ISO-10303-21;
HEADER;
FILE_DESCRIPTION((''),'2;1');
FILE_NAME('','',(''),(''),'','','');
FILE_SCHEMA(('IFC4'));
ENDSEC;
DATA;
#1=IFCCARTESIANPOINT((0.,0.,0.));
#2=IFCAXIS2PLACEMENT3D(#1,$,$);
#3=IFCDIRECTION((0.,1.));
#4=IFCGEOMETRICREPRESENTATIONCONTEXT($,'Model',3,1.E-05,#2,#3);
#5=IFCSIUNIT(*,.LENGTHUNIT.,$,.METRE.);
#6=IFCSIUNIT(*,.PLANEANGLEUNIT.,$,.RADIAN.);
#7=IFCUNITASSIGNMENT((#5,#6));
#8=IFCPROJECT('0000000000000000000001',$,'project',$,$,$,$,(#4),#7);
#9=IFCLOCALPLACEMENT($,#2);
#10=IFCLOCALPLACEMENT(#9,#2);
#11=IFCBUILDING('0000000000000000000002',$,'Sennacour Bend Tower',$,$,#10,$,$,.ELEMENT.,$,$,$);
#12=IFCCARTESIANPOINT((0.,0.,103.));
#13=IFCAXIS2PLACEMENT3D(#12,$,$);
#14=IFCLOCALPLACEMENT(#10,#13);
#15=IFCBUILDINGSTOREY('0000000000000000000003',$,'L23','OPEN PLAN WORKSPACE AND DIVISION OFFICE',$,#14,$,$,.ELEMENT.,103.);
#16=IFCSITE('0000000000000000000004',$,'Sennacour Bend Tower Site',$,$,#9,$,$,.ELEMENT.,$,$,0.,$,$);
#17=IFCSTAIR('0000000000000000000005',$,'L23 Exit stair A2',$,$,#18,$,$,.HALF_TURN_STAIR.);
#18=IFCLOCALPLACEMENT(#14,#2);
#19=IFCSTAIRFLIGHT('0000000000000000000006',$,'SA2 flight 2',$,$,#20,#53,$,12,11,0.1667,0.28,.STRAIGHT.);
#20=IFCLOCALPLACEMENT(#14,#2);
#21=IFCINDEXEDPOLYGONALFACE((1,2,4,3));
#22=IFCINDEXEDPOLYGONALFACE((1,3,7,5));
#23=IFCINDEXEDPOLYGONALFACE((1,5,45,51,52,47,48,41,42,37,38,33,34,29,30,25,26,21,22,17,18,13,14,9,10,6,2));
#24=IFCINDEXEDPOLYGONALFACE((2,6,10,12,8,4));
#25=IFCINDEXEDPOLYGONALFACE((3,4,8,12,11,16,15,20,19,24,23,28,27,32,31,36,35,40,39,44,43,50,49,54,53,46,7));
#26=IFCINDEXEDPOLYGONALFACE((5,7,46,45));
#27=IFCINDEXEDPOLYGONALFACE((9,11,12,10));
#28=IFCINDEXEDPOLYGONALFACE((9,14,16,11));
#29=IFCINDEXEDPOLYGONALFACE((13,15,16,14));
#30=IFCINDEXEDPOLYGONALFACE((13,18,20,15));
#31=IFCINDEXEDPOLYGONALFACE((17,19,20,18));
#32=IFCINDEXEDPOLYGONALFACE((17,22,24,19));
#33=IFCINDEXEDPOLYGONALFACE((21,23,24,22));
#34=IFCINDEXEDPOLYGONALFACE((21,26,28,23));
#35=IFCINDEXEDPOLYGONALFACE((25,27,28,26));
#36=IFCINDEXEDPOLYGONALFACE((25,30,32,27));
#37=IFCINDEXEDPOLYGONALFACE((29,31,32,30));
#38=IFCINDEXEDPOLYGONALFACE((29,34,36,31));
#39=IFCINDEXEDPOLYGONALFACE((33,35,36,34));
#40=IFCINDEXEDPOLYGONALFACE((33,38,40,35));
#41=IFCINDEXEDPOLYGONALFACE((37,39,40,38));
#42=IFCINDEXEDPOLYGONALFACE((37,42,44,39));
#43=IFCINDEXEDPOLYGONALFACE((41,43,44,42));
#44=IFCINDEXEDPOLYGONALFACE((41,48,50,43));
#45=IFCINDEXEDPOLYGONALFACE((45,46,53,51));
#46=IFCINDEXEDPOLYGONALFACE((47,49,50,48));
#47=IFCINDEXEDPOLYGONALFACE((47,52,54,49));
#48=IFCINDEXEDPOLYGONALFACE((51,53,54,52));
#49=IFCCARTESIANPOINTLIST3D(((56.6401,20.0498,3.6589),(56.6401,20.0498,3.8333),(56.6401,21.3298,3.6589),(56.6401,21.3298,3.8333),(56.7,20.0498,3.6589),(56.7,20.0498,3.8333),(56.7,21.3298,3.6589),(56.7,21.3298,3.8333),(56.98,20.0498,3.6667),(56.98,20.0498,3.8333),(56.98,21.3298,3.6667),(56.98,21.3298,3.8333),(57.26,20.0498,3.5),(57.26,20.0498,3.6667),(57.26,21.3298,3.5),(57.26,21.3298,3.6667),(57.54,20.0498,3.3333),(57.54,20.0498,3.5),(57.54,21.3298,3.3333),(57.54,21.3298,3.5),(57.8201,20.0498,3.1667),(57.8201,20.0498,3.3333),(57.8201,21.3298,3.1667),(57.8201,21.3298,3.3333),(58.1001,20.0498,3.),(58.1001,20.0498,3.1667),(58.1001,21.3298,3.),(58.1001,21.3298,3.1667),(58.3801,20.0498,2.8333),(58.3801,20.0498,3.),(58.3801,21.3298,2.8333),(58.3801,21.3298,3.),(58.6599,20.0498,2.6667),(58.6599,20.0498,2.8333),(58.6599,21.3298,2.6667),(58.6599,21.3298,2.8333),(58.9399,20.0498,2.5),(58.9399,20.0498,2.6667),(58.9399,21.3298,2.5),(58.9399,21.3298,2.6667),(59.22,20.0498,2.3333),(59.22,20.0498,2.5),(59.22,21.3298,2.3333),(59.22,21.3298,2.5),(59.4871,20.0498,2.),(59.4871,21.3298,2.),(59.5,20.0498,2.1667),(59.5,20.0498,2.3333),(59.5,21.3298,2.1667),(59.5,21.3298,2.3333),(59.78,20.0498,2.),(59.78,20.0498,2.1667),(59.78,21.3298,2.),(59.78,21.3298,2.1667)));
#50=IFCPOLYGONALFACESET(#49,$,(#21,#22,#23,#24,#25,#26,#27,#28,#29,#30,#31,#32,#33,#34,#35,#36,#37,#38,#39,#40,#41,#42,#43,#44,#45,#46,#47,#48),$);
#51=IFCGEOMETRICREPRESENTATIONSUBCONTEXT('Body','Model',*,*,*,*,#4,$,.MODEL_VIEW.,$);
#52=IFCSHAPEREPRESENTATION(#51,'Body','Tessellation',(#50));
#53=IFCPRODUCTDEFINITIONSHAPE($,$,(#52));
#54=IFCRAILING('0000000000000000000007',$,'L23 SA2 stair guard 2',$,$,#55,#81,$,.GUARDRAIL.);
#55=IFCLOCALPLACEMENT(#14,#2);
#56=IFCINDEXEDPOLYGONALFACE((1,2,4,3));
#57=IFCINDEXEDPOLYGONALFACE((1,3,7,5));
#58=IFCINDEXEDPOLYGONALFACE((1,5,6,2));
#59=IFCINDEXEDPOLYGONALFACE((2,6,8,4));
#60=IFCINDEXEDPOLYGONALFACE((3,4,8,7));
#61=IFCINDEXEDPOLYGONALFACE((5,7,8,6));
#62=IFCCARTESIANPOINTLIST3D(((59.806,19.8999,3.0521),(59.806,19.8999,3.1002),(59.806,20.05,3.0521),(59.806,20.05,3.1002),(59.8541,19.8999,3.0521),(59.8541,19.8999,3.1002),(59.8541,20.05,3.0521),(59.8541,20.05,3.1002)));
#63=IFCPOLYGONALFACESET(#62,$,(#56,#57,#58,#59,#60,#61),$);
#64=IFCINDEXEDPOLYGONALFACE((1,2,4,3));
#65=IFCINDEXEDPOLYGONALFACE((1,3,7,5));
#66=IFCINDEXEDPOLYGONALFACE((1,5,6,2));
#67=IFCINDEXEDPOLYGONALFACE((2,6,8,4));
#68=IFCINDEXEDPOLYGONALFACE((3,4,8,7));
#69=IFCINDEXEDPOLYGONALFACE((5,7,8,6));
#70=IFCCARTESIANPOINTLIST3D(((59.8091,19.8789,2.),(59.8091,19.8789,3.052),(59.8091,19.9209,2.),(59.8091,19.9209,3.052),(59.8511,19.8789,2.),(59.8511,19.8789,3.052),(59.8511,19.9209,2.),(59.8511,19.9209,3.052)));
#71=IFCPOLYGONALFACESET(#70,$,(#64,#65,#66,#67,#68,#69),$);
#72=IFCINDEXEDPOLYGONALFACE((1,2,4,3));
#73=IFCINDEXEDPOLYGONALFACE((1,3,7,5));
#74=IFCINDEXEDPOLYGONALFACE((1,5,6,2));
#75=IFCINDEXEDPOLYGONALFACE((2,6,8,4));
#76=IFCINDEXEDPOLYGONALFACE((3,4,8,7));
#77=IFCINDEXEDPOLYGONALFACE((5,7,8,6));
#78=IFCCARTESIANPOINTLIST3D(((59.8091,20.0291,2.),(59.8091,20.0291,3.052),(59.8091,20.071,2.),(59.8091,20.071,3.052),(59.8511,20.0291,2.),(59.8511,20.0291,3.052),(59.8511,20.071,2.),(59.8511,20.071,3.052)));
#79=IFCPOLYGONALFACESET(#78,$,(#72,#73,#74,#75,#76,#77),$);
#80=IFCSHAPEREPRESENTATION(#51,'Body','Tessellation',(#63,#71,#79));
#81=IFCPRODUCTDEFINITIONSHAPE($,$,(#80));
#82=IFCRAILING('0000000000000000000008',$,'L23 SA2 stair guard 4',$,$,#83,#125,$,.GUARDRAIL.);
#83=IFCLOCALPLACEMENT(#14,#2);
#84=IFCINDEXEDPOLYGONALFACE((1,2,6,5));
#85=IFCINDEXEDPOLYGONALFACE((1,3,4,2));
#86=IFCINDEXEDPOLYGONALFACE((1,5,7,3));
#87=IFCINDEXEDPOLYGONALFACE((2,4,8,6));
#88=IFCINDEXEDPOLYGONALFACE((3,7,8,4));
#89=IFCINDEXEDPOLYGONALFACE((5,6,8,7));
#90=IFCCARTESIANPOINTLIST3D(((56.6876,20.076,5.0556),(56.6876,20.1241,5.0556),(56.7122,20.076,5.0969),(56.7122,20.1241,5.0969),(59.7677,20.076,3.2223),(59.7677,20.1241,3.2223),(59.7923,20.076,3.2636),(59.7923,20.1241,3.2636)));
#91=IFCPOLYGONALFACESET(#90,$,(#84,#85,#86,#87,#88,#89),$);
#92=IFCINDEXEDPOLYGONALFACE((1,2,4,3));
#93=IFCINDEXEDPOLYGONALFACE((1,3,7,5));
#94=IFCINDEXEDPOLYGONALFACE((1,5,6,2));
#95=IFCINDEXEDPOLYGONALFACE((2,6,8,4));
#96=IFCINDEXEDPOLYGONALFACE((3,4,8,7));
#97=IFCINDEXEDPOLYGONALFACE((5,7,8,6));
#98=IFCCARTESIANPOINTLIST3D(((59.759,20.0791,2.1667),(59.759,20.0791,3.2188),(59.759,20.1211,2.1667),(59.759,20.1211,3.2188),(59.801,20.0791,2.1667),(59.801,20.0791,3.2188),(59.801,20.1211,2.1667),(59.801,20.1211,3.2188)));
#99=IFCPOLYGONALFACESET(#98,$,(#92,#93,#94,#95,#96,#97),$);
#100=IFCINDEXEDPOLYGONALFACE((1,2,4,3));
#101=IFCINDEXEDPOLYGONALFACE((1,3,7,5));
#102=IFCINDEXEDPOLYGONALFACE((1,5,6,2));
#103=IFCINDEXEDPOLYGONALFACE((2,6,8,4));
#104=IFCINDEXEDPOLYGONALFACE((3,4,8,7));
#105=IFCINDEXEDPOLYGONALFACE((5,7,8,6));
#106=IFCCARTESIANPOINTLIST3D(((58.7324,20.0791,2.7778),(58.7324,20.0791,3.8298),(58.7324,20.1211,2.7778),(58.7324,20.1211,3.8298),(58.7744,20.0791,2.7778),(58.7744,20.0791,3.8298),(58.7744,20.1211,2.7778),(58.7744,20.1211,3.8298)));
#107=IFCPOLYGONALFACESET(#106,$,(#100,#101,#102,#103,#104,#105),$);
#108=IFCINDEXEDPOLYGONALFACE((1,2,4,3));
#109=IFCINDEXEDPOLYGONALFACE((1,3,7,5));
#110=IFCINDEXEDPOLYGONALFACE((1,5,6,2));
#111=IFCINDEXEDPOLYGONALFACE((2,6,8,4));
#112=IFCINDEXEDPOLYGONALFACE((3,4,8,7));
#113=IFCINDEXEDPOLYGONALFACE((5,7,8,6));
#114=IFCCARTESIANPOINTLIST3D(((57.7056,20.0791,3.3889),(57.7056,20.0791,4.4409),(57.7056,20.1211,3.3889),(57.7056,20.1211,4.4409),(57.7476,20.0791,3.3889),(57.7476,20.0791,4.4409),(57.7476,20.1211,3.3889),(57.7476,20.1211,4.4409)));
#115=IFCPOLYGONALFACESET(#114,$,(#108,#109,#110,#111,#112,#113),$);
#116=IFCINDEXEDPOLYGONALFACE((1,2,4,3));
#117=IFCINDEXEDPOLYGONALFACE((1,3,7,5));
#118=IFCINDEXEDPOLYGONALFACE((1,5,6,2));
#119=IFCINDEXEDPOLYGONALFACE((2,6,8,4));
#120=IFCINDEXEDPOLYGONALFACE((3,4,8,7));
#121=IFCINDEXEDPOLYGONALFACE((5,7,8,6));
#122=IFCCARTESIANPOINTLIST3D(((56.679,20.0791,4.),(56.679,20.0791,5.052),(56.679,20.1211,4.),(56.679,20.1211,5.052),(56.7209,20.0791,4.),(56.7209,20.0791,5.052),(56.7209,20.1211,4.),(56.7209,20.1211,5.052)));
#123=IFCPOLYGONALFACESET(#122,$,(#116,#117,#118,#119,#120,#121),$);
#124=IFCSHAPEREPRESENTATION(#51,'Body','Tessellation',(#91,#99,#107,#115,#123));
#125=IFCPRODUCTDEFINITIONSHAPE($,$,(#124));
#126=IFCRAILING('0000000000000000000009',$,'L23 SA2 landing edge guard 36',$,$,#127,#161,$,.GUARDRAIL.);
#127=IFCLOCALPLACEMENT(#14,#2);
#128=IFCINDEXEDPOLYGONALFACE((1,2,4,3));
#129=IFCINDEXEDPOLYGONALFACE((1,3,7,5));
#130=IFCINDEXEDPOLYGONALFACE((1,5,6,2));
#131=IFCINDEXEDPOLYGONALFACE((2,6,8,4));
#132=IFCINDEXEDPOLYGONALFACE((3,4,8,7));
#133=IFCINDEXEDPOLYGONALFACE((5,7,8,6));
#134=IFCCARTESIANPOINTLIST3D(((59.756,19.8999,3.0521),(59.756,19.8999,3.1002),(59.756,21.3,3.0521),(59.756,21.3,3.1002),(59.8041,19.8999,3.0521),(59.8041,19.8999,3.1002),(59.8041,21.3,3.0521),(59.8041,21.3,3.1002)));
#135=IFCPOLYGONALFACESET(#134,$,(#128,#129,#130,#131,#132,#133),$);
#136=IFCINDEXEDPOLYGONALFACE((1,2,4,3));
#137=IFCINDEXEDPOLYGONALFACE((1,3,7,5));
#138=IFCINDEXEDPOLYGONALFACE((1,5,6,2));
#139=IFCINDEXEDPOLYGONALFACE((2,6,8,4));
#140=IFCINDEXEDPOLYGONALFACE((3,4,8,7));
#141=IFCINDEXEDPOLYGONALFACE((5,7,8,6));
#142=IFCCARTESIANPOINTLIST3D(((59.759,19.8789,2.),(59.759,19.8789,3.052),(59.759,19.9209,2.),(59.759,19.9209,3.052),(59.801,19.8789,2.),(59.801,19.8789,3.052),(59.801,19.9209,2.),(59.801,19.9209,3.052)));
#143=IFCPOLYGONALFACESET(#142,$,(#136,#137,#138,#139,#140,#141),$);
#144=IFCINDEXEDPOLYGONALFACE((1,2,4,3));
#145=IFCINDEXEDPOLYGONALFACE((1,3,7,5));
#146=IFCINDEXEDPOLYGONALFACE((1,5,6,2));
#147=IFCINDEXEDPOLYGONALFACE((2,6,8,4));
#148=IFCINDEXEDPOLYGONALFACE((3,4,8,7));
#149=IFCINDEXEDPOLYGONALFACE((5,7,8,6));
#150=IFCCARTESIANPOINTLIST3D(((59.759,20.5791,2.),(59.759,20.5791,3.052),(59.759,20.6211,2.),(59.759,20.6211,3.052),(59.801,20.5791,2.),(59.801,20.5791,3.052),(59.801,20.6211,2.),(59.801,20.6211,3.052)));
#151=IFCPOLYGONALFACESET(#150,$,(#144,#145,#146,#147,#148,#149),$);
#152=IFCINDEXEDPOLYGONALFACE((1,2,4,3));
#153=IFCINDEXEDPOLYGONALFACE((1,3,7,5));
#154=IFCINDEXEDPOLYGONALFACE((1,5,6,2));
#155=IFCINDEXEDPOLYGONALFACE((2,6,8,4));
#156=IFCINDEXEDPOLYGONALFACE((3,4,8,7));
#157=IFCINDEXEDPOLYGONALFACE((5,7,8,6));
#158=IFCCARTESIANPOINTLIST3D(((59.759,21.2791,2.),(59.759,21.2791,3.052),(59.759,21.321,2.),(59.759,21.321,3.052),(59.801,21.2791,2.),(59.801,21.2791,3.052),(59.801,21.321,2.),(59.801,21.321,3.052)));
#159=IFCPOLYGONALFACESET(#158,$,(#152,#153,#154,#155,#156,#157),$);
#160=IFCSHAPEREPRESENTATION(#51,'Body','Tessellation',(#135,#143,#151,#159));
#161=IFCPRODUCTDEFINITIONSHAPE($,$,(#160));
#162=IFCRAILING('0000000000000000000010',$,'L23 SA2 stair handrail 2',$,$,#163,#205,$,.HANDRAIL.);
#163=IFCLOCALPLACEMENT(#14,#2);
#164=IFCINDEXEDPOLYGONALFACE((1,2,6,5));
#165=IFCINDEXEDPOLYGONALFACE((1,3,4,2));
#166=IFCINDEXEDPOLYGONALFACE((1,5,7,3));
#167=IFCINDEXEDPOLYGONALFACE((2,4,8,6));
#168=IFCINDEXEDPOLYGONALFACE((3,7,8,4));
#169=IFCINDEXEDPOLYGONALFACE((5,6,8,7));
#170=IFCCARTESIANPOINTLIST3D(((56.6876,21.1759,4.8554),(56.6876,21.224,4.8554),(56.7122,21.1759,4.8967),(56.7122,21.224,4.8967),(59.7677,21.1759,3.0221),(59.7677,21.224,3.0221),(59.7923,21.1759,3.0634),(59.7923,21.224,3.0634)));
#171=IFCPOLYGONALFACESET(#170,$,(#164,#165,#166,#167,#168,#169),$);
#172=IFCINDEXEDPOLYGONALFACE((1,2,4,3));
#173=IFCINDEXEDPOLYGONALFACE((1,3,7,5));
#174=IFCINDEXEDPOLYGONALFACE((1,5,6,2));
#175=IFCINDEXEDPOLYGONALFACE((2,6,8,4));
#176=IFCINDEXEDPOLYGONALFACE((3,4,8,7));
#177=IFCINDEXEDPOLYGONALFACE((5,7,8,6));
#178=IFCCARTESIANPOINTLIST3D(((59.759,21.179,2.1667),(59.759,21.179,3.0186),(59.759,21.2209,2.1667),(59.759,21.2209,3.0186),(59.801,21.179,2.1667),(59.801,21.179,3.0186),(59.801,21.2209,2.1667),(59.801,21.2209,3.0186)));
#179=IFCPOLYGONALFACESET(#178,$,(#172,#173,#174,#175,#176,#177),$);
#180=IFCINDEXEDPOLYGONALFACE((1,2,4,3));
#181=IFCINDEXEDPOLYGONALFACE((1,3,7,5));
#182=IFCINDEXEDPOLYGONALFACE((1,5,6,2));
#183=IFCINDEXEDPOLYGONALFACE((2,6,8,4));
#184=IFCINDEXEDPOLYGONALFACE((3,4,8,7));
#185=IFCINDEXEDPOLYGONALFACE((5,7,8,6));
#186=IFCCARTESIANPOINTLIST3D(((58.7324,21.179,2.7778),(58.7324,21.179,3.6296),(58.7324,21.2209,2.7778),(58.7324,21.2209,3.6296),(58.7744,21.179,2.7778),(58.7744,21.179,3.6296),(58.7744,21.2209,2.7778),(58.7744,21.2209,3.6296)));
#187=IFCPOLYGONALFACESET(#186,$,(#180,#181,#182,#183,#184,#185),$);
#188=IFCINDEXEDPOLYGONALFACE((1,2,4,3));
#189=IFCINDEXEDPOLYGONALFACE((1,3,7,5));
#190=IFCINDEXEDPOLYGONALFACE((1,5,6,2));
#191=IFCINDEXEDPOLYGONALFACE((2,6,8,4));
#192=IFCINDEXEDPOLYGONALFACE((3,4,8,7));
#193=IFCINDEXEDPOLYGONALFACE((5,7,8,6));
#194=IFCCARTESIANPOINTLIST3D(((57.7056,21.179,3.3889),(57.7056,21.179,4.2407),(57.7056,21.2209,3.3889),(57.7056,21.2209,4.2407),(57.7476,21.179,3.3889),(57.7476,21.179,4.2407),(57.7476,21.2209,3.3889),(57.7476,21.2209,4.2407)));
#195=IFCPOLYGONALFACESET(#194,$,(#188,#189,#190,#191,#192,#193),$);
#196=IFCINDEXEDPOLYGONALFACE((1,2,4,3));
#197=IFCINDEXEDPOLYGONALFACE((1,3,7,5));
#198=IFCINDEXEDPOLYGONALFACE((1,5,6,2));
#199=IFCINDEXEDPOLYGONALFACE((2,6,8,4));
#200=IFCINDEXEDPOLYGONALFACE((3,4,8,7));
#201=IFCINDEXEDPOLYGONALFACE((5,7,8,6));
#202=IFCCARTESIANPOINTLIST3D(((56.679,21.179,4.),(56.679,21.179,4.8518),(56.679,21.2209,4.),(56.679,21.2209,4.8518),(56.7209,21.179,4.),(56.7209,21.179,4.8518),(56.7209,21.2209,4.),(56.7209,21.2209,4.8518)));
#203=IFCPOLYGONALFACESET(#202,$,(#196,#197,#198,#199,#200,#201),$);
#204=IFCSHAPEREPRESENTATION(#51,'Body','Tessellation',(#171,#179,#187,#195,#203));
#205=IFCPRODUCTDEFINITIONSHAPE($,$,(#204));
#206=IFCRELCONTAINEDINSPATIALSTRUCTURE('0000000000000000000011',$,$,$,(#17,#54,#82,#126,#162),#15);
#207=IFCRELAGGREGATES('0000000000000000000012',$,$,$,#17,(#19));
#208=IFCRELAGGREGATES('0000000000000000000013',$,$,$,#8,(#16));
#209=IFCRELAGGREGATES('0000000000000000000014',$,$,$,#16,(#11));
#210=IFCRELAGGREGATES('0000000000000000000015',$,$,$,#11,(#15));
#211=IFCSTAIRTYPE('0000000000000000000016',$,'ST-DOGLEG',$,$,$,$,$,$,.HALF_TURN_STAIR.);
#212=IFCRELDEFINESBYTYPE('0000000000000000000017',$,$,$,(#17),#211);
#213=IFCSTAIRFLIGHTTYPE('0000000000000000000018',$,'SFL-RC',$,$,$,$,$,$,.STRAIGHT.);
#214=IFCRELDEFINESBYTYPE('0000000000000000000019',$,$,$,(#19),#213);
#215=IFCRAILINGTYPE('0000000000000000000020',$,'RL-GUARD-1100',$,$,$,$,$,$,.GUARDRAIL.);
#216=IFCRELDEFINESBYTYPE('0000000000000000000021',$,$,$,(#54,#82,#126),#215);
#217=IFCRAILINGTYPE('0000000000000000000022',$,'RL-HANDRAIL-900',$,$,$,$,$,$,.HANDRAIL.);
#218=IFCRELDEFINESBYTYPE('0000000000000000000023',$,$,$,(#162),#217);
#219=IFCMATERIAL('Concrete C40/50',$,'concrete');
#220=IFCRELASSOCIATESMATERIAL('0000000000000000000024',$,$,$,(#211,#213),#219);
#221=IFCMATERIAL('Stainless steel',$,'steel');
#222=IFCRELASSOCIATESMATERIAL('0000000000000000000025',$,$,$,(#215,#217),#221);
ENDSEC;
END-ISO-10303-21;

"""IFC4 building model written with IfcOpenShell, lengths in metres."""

from ifc_helpers import new_model, si_unit, direction, frame, origin, origin_2d, place, context, subcontext, project, spatial, polyline, rectangle, outline, extrude, material, type_object, element, aggregate, save


model = new_model("IFC4")

# Units and contexts
model_context = context("Model", 3, precision=1e-05, world=origin(), true_north=direction((0.0, 1.0)))
body_context = subcontext(model_context, "Body", "Model", "MODEL_VIEW")
ifc_project = project(units=[si_unit("LENGTHUNIT", "METRE"), si_unit("PLANEANGLEUNIT", "RADIAN")], contexts=[model_context])

# Site, building, storey
site_placement = place(None, origin())
site = spatial("IfcSite", under=ifc_project, at=site_placement, Name="Sennacour Bend Tower Site", CompositionType="ELEMENT", RefElevation=0.0)
building_placement = place(site_placement, origin())
building = spatial("IfcBuilding", under=site, at=building_placement, Name="Sennacour Bend Tower", CompositionType="ELEMENT")
storey_placement = place(building_placement, frame((0.0, 0.0, 103.0)))
storey = spatial("IfcBuildingStorey", under=building, at=storey_placement, Name="L23", Description="OPEN PLAN WORKSPACE AND DIVISION OFFICE", CompositionType="ELEMENT", Elevation=103.0)

# Shared definitions
ifc_material_1 = material(Name="Stainless steel", Category="steel")

# Stair, stair flight
ifc_material_2 = material(Name="Concrete C40/50", Category="concrete")
stair_type = type_object("IfcStairType", Name="ST-DOGLEG", PredefinedType="HALF_TURN_STAIR", material=ifc_material_2)
stair_placement = place(storey_placement, origin())
stair = element("IfcStair", 1, at=stair_placement, inside=storey, type_object=stair_type, Name="L23 Exit stair A2", PredefinedType="HALF_TURN_STAIR")
stair_flight_type = type_object("IfcStairFlightType", Name="SFL-RC", PredefinedType="STRAIGHT", material=ifc_material_2)
stair_flight_placement = place(storey_placement, frame((59.78, 20.6899, 2.0), z_axis=(0.0, 0.0, 1.0), x_axis=(-1.0, 0.0, 0.0)))
stair_flight = element("IfcStairFlight", 2, at=stair_flight_placement, type_object=stair_flight_type, Name="SA2 flight 2", NumberOfRisers=12, NumberOfTreads=11, PredefinedType="STRAIGHT", RiserHeight=0.1667, TreadLength=0.28, context=body_context, shape_type="SweptSolid", body=[
    extrude(outline(polyline([(0.0, 0.0), (0.0, 0.1667), (0.28, 0.1667), (0.28, 0.3333), (0.5601, 0.3333), (0.5601, 0.5), (0.8401, 0.5), (0.8401, 0.6667), (1.1201, 0.6667), (1.1201, 0.8333), (1.3999, 0.8333), (1.3999, 1.0), (1.6799, 1.0), (1.6799, 1.1667), (1.96, 1.1667), (1.96, 1.3333), (2.24, 1.3333), (2.24, 1.5), (2.52, 1.5), (2.52, 1.6667), (2.8, 1.6667), (2.8, 1.8333), (3.0801, 1.8333), (3.1399, 1.8333), (3.1399, 1.6589), (3.0801, 1.6589), (0.293, 0.0), (0.0, 0.0)])), frame((0.0, 0.6401, 0.0), z_axis=(0.0, -1.0, 0.0), x_axis=(1.0, 0.0, 0.0)), (0.0, 0.0, 1.0), 1.28),
])
aggregate(stair, [stair_flight])

# Railings
railing_type_1 = type_object("IfcRailingType", Name="RL-GUARD-1100", PredefinedType="GUARDRAIL", material=ifc_material_1)
railing_1_placement = place(storey_placement, frame((59.8301, 19.8999, 2.0)))
element("IfcRailing", 3, at=railing_1_placement, inside=storey, type_object=railing_type_1, Name="L23 SA2 stair guard 2", PredefinedType="GUARDRAIL", context=body_context, shape_type="SweptSolid", body=[
    extrude(rectangle(XDim=0.0481, YDim=0.0481, at=origin_2d()), frame((0.0, 0.0, 1.0762), z_axis=(0.0, 1.0, 0.0), x_axis=(-1.0, 0.0, 0.0)), (0.0, 0.0, 1.0), 0.1501),
    extrude(rectangle(XDim=0.042, YDim=0.042, at=origin_2d()), origin(), (0.0, 0.0, 1.0), 1.052),
    extrude(rectangle(XDim=0.042, YDim=0.042, at=origin_2d()), frame((0.0, 0.1501, 0.0)), (0.0, 0.0, 1.0), 1.052),
])
railing_2_placement = place(storey_placement, frame((59.78, 20.1001, 2.1667)))
element("IfcRailing", 4, at=railing_2_placement, inside=storey, type_object=railing_type_1, Name="L23 SA2 stair guard 4", PredefinedType="GUARDRAIL", context=body_context, shape_type="SweptSolid", body=[
    extrude(rectangle(XDim=0.0481, YDim=0.0481, at=origin_2d()), frame((0.0, 0.0, 1.0762), z_axis=(-0.859309, 0.0, 0.511458), x_axis=(0.0, -1.0, 0.0)), (0.0, 0.0, 1.0), 3.5845),
    extrude(rectangle(XDim=0.042, YDim=0.042, at=origin_2d()), origin(), (0.0, 0.0, 1.0), 1.052),
    extrude(rectangle(XDim=0.042, YDim=0.042, at=origin_2d()), frame((-1.0266, 0.0, 0.6111)), (0.0, 0.0, 1.0), 1.052),
    extrude(rectangle(XDim=0.042, YDim=0.042, at=origin_2d()), frame((-2.0535, 0.0, 1.2222)), (0.0, 0.0, 1.0), 1.052),
    extrude(rectangle(XDim=0.042, YDim=0.042, at=origin_2d()), frame((-3.0801, 0.0, 1.8333)), (0.0, 0.0, 1.0), 1.052),
])
railing_3_placement = place(storey_placement, frame((59.78, 19.8999, 2.0)))
element("IfcRailing", 5, at=railing_3_placement, inside=storey, type_object=railing_type_1, Name="L23 SA2 landing edge guard 36", PredefinedType="GUARDRAIL", context=body_context, shape_type="SweptSolid", body=[
    extrude(rectangle(XDim=0.0481, YDim=0.0481, at=origin_2d()), frame((0.0, 0.0, 1.0762), z_axis=(0.0, 1.0, 0.0), x_axis=(-1.0, 0.0, 0.0)), (0.0, 0.0, 1.0), 1.4001),
    extrude(rectangle(XDim=0.042, YDim=0.042, at=origin_2d()), origin(), (0.0, 0.0, 1.0), 1.052),
    extrude(rectangle(XDim=0.042, YDim=0.042, at=origin_2d()), frame((0.0, 0.7002, 0.0)), (0.0, 0.0, 1.0), 1.052),
    extrude(rectangle(XDim=0.042, YDim=0.042, at=origin_2d()), frame((0.0, 1.4001, 0.0)), (0.0, 0.0, 1.0), 1.052),
])
railing_type_2 = type_object("IfcRailingType", Name="RL-HANDRAIL-900", PredefinedType="HANDRAIL", material=ifc_material_1)
railing_4_placement = place(storey_placement, frame((59.78, 21.2, 2.1667)))
element("IfcRailing", 6, at=railing_4_placement, inside=storey, type_object=railing_type_2, Name="L23 SA2 stair handrail 2", PredefinedType="HANDRAIL", context=body_context, shape_type="SweptSolid", body=[
    extrude(rectangle(XDim=0.0481, YDim=0.0481, at=origin_2d()), frame((0.0, 0.0, 0.876), z_axis=(-0.859309, 0.0, 0.511458), x_axis=(0.0, -1.0, 0.0)), (0.0, 0.0, 1.0), 3.5845),
    extrude(rectangle(XDim=0.042, YDim=0.042, at=origin_2d()), origin(), (0.0, 0.0, 1.0), 0.8518),
    extrude(rectangle(XDim=0.042, YDim=0.042, at=origin_2d()), frame((-1.0266, 0.0, 0.6111)), (0.0, 0.0, 1.0), 0.8518),
    extrude(rectangle(XDim=0.042, YDim=0.042, at=origin_2d()), frame((-2.0535, 0.0, 1.2222)), (0.0, 0.0, 1.0), 0.8518),
    extrude(rectangle(XDim=0.042, YDim=0.042, at=origin_2d()), frame((-3.0801, 0.0, 1.8333)), (0.0, 0.0, 1.0), 0.8518),
])

save(model, "model.ifc")
